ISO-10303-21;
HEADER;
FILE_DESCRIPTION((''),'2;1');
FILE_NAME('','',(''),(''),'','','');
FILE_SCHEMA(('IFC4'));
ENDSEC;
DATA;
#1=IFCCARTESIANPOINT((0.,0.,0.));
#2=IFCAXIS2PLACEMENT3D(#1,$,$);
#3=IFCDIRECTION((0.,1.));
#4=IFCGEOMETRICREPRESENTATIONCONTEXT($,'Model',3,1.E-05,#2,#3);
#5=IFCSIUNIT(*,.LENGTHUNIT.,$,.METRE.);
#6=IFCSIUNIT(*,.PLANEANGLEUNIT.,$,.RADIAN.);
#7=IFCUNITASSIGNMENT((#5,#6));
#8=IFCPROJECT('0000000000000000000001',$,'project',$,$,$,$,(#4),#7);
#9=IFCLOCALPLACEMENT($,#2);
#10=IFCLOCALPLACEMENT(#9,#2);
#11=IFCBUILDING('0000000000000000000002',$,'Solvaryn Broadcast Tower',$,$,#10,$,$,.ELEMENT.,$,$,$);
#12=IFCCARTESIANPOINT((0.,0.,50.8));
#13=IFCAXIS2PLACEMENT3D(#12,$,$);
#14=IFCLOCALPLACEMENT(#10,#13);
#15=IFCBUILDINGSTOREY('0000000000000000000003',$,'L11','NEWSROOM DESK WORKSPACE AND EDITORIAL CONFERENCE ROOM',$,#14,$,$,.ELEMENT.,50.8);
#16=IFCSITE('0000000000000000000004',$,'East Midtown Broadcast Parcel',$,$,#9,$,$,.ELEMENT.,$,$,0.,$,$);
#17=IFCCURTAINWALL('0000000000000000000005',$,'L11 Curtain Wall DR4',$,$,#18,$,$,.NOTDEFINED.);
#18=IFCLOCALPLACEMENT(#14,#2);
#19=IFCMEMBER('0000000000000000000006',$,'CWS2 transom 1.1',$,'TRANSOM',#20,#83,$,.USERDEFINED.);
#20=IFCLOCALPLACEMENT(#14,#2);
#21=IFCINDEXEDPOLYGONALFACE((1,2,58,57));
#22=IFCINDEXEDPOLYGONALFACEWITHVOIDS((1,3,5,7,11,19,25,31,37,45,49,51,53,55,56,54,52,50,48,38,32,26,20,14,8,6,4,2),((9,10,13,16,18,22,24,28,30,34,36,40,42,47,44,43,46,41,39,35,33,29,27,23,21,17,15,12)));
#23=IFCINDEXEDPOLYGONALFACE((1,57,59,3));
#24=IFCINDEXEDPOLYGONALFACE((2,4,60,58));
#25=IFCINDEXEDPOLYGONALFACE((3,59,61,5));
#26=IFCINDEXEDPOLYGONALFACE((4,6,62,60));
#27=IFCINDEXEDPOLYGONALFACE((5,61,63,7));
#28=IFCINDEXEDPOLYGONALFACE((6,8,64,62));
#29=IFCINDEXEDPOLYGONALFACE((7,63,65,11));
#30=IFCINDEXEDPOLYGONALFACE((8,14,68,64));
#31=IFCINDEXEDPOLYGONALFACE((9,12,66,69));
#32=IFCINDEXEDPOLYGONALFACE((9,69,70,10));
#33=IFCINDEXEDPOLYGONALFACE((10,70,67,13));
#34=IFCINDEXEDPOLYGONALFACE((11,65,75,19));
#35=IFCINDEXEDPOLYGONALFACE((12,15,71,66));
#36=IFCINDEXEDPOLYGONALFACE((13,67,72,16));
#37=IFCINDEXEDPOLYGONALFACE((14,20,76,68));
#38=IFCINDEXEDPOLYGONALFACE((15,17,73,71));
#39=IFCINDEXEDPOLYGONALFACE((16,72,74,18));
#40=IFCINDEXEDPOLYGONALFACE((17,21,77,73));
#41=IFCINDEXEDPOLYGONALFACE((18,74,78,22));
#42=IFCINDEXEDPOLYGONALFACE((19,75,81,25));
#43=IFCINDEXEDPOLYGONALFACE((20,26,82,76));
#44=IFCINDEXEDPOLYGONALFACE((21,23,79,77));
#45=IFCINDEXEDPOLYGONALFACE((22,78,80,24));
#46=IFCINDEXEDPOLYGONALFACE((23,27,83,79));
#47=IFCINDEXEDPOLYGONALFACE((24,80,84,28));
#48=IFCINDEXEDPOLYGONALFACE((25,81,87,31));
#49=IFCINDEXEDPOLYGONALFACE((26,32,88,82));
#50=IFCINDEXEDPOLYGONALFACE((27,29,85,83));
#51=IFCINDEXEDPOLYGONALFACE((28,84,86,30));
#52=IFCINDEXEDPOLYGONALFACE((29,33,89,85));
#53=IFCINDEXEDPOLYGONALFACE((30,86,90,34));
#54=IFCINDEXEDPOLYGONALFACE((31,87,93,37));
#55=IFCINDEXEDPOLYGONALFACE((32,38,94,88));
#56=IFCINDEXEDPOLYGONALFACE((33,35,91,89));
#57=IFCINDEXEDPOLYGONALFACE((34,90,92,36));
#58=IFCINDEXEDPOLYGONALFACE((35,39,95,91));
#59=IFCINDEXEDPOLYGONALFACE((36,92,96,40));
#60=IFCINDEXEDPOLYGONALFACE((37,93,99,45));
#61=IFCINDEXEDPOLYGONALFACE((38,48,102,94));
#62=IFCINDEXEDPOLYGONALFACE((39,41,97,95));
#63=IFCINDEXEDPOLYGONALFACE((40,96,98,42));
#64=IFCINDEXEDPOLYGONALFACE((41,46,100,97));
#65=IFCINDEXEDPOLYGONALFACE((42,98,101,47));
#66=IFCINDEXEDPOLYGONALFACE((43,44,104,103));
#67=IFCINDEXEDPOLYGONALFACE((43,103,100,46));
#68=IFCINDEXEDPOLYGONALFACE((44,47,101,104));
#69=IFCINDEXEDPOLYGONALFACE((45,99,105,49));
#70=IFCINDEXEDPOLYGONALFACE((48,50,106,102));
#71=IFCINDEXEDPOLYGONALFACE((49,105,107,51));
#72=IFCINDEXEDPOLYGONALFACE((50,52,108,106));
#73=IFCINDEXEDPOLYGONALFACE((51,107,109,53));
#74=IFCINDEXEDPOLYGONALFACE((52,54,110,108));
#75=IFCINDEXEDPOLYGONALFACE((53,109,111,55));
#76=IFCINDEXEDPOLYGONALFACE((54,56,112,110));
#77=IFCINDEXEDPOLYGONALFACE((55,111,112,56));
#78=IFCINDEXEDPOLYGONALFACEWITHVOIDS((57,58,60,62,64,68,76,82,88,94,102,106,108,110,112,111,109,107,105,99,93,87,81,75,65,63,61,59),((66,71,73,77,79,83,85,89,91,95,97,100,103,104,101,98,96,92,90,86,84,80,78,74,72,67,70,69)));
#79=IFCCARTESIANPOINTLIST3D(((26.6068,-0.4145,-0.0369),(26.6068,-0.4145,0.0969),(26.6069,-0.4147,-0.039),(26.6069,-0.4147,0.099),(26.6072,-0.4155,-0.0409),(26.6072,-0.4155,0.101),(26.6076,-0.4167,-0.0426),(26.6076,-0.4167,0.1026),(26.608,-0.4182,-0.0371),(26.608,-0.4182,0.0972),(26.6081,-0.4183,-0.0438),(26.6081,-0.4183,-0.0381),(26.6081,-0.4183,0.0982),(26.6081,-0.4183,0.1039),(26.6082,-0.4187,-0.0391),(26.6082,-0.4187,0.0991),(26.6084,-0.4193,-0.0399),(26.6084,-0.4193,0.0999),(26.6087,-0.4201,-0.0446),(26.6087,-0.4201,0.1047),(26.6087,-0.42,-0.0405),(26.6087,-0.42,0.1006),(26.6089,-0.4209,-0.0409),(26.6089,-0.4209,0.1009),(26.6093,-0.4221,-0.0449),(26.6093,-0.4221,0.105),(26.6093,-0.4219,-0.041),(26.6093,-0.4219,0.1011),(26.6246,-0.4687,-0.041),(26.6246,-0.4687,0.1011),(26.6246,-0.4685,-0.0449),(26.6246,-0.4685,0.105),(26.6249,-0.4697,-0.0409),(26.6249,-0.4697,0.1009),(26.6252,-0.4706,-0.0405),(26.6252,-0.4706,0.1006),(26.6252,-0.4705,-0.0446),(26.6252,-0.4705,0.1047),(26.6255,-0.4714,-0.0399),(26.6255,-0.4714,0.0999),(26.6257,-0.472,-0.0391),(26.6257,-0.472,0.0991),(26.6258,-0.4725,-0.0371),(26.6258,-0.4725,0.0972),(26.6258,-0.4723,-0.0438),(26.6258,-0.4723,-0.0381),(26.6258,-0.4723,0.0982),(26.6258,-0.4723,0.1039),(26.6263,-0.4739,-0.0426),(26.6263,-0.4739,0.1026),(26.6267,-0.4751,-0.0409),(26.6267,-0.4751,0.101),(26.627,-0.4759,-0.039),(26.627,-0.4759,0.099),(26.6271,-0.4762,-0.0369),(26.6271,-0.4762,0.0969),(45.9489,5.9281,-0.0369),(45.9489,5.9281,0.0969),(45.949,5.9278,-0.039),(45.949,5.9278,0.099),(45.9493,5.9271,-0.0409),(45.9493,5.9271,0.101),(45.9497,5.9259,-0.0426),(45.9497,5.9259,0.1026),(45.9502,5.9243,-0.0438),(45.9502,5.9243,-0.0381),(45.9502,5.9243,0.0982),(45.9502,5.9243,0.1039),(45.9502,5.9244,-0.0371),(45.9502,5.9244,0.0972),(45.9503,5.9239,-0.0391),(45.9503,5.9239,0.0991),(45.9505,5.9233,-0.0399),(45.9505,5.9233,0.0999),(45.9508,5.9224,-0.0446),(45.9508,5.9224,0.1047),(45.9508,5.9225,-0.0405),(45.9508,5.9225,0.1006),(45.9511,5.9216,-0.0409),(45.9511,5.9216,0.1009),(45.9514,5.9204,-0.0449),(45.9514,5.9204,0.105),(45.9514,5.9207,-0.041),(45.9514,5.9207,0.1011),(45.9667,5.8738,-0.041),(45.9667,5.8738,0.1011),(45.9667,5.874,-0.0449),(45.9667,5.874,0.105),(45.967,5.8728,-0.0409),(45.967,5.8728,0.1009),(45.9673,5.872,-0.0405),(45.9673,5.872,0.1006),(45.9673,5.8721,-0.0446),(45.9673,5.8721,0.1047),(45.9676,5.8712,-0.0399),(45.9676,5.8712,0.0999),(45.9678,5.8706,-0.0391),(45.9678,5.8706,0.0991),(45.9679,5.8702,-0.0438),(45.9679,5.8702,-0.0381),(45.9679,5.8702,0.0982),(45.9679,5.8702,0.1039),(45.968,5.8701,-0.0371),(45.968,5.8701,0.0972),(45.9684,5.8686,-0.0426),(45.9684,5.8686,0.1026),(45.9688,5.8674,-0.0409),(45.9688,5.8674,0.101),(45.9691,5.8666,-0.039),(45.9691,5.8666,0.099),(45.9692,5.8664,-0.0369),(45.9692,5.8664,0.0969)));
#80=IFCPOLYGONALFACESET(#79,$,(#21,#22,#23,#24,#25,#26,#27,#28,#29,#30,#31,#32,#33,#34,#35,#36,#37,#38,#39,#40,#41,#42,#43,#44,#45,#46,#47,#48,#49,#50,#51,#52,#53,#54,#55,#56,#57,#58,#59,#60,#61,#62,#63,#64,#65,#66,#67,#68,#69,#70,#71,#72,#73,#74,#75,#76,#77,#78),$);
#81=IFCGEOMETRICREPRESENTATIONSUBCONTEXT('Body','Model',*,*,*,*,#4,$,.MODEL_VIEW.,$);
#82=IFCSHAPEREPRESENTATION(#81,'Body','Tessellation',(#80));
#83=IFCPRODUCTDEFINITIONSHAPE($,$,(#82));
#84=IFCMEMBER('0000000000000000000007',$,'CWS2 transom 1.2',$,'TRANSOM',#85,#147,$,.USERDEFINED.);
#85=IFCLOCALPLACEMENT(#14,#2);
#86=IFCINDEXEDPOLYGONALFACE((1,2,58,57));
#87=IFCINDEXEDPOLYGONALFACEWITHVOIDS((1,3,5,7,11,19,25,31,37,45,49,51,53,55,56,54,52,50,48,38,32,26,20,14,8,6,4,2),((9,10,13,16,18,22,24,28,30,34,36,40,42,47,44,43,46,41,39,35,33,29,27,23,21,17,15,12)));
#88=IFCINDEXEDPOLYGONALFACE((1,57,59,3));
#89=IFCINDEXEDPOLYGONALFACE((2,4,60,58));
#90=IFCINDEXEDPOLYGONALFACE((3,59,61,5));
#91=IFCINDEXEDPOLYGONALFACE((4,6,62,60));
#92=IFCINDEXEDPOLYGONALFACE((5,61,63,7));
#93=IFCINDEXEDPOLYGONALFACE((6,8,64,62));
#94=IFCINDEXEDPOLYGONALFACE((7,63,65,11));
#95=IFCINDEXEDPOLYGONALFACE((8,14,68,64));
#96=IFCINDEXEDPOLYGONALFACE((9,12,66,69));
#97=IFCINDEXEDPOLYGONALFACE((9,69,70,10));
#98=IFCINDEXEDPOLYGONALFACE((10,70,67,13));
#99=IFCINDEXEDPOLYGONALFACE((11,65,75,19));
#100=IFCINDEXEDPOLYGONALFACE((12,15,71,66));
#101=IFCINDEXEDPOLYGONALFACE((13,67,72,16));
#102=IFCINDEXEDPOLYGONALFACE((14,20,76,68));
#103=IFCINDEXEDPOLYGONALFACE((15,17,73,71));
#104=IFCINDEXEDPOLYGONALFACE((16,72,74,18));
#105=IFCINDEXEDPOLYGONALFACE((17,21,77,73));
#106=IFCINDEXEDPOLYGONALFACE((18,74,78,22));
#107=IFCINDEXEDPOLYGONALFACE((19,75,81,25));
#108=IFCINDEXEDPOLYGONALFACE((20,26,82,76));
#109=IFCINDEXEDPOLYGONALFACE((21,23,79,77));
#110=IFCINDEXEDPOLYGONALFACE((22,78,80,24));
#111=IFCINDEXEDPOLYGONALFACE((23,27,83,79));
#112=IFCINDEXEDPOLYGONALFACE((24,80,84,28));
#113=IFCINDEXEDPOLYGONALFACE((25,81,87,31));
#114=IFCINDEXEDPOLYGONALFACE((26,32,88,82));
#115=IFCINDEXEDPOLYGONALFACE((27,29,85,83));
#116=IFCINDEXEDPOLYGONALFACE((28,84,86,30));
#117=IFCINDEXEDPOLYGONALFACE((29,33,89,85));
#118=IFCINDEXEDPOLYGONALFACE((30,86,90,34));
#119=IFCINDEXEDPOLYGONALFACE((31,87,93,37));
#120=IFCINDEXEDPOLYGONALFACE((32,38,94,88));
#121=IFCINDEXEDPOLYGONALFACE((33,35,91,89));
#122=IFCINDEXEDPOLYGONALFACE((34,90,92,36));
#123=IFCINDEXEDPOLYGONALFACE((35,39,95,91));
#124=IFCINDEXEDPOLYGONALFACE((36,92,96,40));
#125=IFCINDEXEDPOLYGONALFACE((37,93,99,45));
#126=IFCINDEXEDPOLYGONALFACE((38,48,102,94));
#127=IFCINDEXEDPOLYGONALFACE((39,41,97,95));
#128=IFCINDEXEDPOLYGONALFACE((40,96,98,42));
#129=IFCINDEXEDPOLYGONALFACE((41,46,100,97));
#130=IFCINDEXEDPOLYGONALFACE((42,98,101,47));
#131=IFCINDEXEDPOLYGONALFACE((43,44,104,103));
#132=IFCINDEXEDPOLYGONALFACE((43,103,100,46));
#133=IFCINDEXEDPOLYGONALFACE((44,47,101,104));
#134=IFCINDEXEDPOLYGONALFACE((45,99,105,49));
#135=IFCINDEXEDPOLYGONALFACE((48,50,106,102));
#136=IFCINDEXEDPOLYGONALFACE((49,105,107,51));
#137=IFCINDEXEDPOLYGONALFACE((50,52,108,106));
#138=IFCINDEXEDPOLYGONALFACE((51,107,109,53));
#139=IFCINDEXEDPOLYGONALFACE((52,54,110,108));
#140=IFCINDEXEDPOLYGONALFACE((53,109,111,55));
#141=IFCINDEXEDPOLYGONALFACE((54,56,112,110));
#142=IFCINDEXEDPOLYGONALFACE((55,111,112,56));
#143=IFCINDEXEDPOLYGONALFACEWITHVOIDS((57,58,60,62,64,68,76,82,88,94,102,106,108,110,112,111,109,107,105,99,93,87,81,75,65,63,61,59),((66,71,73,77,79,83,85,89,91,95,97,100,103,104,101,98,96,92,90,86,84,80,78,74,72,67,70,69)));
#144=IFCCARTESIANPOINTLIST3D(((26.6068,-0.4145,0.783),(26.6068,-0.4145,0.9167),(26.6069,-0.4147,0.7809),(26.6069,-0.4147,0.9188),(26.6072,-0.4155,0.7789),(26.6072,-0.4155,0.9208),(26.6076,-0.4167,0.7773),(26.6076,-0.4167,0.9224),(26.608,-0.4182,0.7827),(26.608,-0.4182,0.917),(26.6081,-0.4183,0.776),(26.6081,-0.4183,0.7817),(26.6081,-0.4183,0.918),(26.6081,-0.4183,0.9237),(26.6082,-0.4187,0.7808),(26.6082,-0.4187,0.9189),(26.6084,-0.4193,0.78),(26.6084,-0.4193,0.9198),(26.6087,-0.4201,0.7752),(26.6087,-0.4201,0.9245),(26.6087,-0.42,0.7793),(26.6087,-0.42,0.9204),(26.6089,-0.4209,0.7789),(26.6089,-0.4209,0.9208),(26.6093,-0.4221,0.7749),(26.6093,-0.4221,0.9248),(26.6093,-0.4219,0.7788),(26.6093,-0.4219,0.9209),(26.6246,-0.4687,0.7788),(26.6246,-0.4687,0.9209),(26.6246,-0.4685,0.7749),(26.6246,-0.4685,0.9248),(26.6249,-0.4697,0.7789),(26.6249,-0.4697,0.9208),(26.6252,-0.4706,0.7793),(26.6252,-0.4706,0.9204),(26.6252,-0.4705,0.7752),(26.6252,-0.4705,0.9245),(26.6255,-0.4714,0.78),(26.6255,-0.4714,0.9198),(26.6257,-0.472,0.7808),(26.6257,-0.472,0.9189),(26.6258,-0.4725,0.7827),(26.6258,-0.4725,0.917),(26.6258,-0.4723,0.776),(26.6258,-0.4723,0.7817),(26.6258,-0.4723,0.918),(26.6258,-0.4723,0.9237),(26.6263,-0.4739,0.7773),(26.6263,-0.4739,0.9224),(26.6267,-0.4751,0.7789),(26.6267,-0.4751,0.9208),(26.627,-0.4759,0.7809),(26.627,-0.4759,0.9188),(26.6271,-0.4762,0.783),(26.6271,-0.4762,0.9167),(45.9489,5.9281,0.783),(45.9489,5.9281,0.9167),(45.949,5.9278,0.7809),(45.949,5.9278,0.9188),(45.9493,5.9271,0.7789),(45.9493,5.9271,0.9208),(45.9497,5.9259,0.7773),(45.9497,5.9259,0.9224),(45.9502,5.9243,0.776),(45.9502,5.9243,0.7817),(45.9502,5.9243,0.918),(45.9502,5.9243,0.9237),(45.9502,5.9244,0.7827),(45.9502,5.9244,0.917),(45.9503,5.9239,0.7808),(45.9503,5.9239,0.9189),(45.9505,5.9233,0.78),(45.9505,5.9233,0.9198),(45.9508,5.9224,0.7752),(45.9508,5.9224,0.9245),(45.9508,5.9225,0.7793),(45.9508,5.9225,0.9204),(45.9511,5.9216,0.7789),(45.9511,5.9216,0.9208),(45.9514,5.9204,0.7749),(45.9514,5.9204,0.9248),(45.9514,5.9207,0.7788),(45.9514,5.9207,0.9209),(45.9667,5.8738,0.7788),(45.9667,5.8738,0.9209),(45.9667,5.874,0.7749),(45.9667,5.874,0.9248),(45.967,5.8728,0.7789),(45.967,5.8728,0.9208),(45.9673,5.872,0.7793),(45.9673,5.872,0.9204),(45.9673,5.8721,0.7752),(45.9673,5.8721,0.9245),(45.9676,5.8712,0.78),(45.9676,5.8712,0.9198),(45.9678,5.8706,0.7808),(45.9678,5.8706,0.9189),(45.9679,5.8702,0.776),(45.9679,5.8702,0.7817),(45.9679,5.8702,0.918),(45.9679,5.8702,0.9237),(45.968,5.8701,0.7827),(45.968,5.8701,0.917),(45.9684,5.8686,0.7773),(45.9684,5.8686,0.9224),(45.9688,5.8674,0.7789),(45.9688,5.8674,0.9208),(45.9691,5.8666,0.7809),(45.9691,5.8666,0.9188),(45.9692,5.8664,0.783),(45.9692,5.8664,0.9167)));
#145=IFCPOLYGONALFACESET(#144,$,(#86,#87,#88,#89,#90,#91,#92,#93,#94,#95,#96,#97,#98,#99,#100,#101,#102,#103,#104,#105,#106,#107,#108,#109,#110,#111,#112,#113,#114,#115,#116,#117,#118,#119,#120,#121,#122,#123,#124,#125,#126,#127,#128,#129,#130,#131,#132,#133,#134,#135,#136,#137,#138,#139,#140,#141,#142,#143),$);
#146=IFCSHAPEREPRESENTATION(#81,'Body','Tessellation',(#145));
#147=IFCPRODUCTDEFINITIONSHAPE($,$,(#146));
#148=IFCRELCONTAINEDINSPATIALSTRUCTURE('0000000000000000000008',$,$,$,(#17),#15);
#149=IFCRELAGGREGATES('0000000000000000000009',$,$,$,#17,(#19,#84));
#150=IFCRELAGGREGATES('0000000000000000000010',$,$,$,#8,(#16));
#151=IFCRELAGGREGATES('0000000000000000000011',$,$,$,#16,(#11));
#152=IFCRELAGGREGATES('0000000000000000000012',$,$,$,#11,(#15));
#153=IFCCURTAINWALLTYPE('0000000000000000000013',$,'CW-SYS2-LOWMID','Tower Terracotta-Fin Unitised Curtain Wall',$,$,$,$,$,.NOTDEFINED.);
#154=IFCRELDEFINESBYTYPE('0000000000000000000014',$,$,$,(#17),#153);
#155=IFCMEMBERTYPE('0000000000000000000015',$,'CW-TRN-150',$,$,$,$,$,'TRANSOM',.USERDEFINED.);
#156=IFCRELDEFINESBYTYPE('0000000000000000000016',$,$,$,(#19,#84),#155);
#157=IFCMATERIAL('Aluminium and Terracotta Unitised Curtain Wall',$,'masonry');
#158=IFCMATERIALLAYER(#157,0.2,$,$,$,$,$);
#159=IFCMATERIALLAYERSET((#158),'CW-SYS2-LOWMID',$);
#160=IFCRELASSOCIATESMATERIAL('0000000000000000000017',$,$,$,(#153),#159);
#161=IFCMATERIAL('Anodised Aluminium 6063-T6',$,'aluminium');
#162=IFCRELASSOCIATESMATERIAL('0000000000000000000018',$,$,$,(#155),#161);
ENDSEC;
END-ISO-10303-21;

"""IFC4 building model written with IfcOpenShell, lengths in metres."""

from ifc_helpers import new_model, si_unit, direction, frame, origin, origin_2d, place, context, subcontext, project, spatial, hollow_rectangle, extrude, material, layer, layer_set, material_profile, profile_set, type_object, element, aggregate, save


model = new_model("IFC4")

# Units and contexts
model_context = context("Model", 3, precision=1e-05, world=origin(), true_north=direction((0.0, 1.0)))
body_context = subcontext(model_context, "Body", "Model", "MODEL_VIEW")
ifc_project = project(units=[si_unit("LENGTHUNIT", "METRE"), si_unit("PLANEANGLEUNIT", "RADIAN")], contexts=[model_context])

# Site, building, storey
site_placement = place(None, origin())
site = spatial("IfcSite", under=ifc_project, at=site_placement, Name="East Midtown Broadcast Parcel", CompositionType="ELEMENT", RefElevation=0.0)
building_placement = place(site_placement, origin())
building = spatial("IfcBuilding", under=site, at=building_placement, Name="Solvaryn Broadcast Tower", CompositionType="ELEMENT")
storey_placement = place(building_placement, frame((0.0, 0.0, 50.8)))
storey = spatial("IfcBuildingStorey", under=building, at=storey_placement, Name="L11", Description="NEWSROOM DESK WORKSPACE AND EDITORIAL CONFERENCE ROOM", CompositionType="ELEMENT", Elevation=50.8)

# Shared definitions
ifc_material_1 = material(Name="Aluminium and Terracotta Unitised Curtain Wall", Category="masonry")
ifc_layer_1 = layer(ifc_material_1, 0.2)
ifc_layer_set_1 = layer_set([ifc_layer_1], Name="CW-SYS2-LOWMID")
curtain_wall_type = type_object("IfcCurtainWallType", Name="CW-SYS2-LOWMID", Description="Tower Terracotta-Fin Unitised Curtain Wall", PredefinedType="NOTDEFINED", material=ifc_layer_set_1)

# Curtain wall, members
curtain_wall_1_placement = place(storey_placement, origin())
curtain_wall_1 = element("IfcCurtainWall", 1, at=curtain_wall_1_placement, inside=storey, type_object=curtain_wall_type, Name="L11 Curtain Wall DR4", PredefinedType="NOTDEFINED")
ifc_material_2 = material(Name="Anodised Aluminium 6063-T6", Category="aluminium")
ifc_material_profile_1 = material_profile(ifc_material_2, hollow_rectangle(XDim=0.0649, YDim=0.1499, WallThickness=0.0039, InnerFilletRadius=0.0039, OuterFilletRadius=0.0081, at=origin_2d()))
ifc_profile_set_1 = profile_set([ifc_material_profile_1], Name="Anodised Aluminium 6063-T6")
member_type_1 = type_object("IfcMemberType", Name="CW-TRN-150", ElementType="TRANSOM", PredefinedType="USERDEFINED", material=ifc_profile_set_1)
member_1_placement = place(storey_placement, frame((26.6169, -0.4453, 0.03), z_axis=(0.950217, 0.31159, 0.0), x_axis=(-0.31159, 0.950217, 0.0)))
member_1 = element("IfcMember", 2, at=member_1_placement, type_object=member_type_1, Name="CWS2 transom 1.1", ObjectType="TRANSOM", PredefinedType="USERDEFINED", context=body_context, shape_type="SweptSolid", body=[
    extrude(hollow_rectangle(XDim=0.0649, YDim=0.1499, WallThickness=0.0039, InnerFilletRadius=0.0039, OuterFilletRadius=0.0081, at=origin_2d()), origin(), (0.0, 0.0, 1.0), 20.3555),
])
member_2_placement = place(storey_placement, frame((26.6169, -0.4453, 0.8499), z_axis=(0.950217, 0.31159, 0.0), x_axis=(-0.31159, 0.950217, 0.0)))
member_2 = element("IfcMember", 3, at=member_2_placement, type_object=member_type_1, Name="CWS2 transom 1.2", ObjectType="TRANSOM", PredefinedType="USERDEFINED", context=body_context, shape_type="SweptSolid", body=[
    extrude(hollow_rectangle(XDim=0.0649, YDim=0.1499, WallThickness=0.0039, InnerFilletRadius=0.0039, OuterFilletRadius=0.0081, at=origin_2d()), origin(), (0.0, 0.0, 1.0), 20.3555),
])
aggregate(curtain_wall_1, [member_1, member_2])

save(model, "model.ifc")
